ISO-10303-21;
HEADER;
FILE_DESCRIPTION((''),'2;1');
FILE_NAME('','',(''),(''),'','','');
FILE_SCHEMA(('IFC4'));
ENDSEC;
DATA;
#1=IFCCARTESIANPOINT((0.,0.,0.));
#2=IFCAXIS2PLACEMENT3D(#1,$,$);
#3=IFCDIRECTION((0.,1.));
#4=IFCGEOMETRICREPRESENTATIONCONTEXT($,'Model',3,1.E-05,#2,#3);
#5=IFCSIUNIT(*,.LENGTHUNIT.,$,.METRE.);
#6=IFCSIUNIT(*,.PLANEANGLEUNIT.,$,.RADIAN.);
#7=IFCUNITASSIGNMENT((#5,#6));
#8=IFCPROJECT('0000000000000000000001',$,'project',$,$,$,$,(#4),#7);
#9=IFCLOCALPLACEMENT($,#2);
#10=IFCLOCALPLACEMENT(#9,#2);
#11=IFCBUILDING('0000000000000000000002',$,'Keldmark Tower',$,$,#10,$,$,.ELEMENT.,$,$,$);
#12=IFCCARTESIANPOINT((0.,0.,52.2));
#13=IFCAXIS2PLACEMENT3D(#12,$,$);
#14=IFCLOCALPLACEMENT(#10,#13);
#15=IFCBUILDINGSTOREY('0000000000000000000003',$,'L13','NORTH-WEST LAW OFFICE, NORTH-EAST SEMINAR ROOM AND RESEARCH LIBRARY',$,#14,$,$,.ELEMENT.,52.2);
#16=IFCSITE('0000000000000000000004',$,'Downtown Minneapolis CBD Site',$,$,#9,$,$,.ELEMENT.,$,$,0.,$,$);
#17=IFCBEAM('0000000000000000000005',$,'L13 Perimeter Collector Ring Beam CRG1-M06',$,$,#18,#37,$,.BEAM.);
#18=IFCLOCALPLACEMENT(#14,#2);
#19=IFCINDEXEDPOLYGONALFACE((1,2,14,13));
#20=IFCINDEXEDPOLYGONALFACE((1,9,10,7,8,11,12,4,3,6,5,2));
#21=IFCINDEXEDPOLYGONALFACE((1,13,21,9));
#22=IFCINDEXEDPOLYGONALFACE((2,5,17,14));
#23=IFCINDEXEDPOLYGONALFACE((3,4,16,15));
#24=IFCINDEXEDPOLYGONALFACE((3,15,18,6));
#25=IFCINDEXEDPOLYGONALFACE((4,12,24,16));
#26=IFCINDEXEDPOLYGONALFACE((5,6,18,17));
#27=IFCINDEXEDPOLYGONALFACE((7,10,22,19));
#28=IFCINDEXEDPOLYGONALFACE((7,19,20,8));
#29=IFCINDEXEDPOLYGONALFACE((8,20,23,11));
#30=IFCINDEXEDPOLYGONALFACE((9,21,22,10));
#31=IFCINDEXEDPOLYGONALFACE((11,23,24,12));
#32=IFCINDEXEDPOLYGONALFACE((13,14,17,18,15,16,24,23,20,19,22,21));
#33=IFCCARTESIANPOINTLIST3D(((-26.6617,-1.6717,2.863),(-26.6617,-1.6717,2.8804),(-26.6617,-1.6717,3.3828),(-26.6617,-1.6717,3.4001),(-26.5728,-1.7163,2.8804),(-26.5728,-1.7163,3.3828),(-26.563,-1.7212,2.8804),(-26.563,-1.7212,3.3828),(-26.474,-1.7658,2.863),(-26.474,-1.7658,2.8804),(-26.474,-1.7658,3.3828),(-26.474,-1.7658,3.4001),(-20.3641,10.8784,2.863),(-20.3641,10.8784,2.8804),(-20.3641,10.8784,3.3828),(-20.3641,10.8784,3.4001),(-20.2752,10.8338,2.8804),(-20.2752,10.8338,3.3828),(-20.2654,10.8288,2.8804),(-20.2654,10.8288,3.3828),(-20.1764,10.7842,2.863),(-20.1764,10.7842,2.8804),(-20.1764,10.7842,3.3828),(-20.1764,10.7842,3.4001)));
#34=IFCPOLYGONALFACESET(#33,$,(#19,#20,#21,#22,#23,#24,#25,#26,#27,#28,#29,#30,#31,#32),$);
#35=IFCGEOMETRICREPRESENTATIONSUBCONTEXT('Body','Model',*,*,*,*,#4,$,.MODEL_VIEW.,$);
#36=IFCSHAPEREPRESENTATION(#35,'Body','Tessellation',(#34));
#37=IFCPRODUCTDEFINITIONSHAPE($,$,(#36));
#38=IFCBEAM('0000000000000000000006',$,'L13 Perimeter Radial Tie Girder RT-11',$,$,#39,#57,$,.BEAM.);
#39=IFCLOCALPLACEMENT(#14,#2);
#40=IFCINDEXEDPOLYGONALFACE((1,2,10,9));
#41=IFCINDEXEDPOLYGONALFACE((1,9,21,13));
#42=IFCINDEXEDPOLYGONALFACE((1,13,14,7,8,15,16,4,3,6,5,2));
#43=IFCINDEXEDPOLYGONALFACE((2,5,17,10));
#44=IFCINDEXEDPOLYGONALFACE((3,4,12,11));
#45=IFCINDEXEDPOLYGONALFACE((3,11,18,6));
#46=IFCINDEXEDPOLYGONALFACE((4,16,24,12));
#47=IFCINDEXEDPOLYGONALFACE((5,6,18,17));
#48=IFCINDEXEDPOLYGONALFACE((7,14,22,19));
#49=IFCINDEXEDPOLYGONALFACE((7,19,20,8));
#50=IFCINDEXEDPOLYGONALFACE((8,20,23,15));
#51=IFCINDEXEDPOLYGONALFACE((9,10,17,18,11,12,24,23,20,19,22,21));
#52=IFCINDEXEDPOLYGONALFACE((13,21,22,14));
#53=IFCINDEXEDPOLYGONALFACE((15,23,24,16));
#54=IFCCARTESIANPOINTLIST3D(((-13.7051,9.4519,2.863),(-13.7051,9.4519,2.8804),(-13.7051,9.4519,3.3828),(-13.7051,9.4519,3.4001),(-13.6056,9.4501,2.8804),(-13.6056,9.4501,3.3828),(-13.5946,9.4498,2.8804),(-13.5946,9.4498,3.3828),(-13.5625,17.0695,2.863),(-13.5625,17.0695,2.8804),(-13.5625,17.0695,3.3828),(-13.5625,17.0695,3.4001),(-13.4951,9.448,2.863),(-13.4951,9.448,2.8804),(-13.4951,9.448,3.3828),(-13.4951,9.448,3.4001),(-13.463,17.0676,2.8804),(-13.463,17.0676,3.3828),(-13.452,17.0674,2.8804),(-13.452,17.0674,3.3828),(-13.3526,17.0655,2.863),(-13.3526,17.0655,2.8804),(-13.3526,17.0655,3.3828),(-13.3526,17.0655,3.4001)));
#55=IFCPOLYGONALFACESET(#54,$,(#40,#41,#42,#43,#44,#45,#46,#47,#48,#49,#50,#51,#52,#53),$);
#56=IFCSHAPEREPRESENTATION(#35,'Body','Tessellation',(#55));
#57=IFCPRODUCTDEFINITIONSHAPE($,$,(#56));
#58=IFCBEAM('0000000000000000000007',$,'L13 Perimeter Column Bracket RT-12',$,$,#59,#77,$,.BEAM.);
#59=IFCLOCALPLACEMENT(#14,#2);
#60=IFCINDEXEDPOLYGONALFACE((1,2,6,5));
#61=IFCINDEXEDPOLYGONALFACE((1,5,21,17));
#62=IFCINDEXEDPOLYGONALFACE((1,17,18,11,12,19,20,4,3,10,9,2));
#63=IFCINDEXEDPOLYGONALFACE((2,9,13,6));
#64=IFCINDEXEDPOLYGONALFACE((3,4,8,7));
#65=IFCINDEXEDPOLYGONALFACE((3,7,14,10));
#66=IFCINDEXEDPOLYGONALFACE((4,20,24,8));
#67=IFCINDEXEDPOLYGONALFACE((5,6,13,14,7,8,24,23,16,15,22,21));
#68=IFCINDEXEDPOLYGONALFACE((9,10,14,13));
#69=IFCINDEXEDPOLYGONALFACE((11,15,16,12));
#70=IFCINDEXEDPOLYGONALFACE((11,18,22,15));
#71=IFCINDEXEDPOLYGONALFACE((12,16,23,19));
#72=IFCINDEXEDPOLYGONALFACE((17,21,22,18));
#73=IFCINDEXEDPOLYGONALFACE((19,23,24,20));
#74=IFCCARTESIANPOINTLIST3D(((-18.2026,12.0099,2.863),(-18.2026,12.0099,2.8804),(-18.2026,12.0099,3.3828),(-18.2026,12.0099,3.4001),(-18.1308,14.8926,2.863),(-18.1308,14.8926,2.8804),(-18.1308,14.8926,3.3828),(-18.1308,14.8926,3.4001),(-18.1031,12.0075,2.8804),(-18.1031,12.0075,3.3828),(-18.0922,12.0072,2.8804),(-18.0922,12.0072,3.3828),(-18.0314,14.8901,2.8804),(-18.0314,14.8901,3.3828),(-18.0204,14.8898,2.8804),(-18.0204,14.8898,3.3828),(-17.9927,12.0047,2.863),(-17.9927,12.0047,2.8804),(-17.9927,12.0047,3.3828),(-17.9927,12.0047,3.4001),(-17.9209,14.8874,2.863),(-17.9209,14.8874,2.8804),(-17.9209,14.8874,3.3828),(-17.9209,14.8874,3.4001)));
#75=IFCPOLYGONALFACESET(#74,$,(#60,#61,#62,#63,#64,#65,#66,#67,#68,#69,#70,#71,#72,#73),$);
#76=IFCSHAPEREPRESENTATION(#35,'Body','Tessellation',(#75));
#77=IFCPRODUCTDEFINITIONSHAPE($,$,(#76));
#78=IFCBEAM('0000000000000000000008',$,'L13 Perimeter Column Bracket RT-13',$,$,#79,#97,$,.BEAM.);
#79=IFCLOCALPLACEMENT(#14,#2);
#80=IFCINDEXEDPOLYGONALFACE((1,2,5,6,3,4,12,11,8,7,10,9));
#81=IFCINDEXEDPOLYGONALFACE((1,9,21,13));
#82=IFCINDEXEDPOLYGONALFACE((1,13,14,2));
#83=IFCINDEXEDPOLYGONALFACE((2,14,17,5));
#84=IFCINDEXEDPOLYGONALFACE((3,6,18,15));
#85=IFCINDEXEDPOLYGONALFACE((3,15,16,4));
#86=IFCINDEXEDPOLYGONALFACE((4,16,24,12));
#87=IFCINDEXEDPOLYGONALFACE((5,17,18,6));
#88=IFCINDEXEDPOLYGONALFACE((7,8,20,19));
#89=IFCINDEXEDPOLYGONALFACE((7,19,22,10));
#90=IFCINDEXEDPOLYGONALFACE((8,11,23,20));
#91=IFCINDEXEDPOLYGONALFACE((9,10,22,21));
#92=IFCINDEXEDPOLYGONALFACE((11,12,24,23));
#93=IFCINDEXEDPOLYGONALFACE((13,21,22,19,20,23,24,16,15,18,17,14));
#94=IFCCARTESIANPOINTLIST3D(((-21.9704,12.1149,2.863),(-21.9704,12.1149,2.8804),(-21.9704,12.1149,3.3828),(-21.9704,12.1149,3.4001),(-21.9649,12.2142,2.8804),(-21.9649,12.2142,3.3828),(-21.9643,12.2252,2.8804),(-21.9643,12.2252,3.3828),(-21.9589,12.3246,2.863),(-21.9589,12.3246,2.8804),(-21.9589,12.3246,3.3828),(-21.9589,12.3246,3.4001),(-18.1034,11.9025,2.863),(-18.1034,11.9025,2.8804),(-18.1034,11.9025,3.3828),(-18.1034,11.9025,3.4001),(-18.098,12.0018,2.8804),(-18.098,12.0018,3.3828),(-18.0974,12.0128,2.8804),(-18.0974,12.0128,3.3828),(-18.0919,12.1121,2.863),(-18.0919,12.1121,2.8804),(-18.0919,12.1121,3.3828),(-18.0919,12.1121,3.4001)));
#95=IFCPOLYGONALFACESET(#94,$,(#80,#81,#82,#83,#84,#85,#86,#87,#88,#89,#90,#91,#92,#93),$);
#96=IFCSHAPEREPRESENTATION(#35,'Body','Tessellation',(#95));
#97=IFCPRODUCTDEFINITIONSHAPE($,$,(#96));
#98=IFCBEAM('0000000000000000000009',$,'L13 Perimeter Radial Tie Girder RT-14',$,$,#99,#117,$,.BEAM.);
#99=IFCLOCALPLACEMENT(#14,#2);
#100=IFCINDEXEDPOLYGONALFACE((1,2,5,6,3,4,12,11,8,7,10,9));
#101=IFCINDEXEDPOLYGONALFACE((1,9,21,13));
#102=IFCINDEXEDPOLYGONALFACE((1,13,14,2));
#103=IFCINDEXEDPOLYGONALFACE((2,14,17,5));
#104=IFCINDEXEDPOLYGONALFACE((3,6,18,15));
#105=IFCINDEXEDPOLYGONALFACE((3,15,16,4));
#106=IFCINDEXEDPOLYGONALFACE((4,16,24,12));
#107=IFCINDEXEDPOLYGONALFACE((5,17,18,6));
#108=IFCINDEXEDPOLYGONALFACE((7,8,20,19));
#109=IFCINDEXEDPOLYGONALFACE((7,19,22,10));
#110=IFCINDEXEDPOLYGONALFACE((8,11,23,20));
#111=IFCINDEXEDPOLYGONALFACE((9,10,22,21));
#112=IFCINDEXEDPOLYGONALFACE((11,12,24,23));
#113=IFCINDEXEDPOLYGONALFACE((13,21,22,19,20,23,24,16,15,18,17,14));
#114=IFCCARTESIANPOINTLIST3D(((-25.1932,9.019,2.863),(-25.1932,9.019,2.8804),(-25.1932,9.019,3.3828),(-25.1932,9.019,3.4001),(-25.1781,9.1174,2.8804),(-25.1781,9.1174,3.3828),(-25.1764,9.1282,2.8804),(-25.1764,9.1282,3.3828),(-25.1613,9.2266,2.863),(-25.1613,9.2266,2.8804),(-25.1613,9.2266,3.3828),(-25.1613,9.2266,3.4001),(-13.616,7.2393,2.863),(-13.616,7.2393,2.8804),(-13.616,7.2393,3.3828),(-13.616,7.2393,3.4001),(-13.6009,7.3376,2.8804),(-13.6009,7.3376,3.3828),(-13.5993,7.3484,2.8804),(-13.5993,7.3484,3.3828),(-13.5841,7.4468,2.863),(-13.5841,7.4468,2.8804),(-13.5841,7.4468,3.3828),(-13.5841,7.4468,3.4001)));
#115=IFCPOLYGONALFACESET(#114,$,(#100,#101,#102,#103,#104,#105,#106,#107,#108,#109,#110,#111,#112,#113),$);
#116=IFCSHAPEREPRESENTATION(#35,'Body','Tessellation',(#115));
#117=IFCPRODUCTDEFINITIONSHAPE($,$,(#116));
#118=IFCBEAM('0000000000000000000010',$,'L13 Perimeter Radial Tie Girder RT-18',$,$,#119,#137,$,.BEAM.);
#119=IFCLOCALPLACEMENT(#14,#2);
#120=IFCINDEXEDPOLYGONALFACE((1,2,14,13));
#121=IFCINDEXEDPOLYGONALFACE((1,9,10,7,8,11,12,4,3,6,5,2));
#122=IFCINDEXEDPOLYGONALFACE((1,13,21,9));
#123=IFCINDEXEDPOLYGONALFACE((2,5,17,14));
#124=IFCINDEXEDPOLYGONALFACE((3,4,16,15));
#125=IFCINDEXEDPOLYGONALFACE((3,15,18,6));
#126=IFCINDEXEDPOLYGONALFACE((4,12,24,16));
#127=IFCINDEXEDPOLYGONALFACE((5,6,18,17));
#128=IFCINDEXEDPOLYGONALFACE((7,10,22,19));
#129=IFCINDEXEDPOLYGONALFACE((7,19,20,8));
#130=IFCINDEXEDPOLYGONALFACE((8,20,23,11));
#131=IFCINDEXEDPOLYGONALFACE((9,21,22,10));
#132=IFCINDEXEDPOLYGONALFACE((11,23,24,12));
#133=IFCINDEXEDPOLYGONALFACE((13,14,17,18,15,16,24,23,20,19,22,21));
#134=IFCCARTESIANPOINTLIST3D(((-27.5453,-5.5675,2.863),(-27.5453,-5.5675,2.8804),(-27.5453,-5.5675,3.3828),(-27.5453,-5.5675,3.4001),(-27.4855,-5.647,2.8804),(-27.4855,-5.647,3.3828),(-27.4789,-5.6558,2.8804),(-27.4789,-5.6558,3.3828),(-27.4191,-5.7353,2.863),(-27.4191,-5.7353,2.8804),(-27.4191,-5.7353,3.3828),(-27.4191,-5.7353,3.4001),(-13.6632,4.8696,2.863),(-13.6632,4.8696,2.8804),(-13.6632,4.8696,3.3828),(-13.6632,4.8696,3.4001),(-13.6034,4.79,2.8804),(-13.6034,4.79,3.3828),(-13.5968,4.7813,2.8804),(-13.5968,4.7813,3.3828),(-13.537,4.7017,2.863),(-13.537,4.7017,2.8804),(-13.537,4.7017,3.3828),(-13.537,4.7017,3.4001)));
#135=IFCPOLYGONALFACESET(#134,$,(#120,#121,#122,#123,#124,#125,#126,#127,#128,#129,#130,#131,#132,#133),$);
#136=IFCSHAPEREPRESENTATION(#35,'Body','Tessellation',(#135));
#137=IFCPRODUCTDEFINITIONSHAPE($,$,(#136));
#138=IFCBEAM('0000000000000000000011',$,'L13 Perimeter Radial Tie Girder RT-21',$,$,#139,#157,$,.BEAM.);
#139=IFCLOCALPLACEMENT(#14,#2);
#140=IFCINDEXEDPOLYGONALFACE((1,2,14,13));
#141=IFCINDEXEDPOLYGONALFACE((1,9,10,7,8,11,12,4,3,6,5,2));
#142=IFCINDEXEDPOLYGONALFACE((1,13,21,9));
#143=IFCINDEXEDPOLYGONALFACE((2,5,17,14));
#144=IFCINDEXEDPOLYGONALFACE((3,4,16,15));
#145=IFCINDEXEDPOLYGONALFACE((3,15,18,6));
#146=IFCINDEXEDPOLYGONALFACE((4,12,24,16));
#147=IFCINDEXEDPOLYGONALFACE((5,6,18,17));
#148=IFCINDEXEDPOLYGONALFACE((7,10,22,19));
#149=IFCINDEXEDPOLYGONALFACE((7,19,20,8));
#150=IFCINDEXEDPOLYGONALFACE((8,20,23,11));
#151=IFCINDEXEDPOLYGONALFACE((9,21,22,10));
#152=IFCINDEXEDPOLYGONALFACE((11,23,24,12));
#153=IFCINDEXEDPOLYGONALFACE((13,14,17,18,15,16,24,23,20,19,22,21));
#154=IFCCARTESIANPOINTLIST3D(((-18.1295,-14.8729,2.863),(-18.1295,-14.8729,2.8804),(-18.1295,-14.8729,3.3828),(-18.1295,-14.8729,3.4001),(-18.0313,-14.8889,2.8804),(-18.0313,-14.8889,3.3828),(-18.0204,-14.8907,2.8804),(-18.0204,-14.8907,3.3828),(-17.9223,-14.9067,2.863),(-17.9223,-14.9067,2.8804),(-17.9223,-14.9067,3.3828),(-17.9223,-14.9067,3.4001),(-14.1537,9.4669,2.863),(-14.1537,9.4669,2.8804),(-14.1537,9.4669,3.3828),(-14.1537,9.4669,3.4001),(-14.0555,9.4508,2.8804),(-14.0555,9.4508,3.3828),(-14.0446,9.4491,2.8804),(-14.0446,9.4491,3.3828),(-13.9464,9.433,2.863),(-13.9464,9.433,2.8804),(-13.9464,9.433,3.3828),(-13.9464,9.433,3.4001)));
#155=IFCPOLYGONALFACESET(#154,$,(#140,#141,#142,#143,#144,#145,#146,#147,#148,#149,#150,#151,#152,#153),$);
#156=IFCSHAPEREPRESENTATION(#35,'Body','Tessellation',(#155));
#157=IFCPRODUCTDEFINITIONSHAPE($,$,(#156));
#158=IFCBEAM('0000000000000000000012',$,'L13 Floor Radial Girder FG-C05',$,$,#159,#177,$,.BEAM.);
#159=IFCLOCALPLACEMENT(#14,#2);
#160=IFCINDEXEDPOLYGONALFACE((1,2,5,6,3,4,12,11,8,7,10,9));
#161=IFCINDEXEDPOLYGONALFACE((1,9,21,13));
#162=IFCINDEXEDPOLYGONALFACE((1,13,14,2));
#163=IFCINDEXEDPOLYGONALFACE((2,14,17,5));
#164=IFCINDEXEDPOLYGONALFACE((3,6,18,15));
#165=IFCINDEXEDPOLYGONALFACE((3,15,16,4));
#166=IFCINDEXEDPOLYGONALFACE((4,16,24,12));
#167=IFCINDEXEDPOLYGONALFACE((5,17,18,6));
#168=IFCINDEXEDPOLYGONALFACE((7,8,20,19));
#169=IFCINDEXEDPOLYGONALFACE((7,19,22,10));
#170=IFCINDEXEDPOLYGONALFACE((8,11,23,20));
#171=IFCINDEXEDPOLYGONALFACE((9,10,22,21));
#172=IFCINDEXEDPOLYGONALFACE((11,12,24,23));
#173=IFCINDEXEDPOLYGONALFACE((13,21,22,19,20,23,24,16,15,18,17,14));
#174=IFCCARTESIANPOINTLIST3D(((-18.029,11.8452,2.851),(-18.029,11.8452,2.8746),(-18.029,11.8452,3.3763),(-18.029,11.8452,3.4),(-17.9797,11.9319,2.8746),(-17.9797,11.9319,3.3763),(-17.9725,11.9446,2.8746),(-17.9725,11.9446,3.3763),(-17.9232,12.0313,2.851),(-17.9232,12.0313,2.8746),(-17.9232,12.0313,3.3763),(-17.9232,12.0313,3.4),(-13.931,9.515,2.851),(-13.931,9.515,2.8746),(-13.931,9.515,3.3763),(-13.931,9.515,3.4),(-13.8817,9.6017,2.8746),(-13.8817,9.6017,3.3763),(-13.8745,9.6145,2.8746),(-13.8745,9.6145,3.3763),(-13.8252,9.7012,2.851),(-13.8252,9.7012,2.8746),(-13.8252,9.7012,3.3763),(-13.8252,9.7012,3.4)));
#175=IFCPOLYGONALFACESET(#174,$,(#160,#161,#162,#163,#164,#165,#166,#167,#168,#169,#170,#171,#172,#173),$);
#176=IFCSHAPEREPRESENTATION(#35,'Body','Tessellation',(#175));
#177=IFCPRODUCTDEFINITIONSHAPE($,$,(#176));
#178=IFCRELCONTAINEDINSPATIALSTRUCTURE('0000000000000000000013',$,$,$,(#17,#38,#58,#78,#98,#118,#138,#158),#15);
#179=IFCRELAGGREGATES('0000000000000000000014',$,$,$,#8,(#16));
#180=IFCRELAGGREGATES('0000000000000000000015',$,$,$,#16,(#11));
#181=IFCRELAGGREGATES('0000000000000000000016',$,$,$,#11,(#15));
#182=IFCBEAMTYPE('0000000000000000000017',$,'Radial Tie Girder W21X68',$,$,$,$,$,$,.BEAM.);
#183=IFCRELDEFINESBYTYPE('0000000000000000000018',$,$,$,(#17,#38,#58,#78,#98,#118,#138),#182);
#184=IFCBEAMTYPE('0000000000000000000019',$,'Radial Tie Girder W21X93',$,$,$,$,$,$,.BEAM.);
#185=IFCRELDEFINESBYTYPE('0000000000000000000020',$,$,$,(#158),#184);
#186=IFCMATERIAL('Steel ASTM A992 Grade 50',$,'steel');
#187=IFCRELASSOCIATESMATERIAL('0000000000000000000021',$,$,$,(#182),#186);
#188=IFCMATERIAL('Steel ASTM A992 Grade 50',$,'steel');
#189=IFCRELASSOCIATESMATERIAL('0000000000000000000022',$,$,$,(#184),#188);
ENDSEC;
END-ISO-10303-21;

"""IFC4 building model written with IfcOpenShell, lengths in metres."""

from ifc_helpers import new_model, si_unit, direction, frame, origin, origin_2d, place, context, subcontext, project, spatial, i_section, extrude, material, material_profile, profile_set, type_object, element, save


model = new_model("IFC4")

# Units and contexts
model_context = context("Model", 3, precision=1e-05, world=origin(), true_north=direction((0.0, 1.0)))
body_context = subcontext(model_context, "Body", "Model", "MODEL_VIEW")
ifc_project = project(units=[si_unit("LENGTHUNIT", "METRE"), si_unit("PLANEANGLEUNIT", "RADIAN")], contexts=[model_context])

# Site, building, storey
site_placement = place(None, origin())
site = spatial("IfcSite", under=ifc_project, at=site_placement, Name="Downtown Minneapolis CBD Site", CompositionType="ELEMENT", RefElevation=0.0)
building_placement = place(site_placement, origin())
building = spatial("IfcBuilding", under=site, at=building_placement, Name="Keldmark Tower", CompositionType="ELEMENT")
storey_placement = place(building_placement, frame((0.0, 0.0, 52.2)))
storey = spatial("IfcBuildingStorey", under=building, at=storey_placement, Name="L13", Description="NORTH-WEST LAW OFFICE, NORTH-EAST SEMINAR ROOM AND RESEARCH LIBRARY", CompositionType="ELEMENT", Elevation=52.2)

# Beams
ifc_material_1 = material(Name="Steel ASTM A992 Grade 50", Category="steel")
ifc_material_profile_1 = material_profile(ifc_material_1, i_section(OverallWidth=0.21, OverallDepth=0.5371, WebThickness=0.011, FlangeThickness=0.0173, at=origin_2d()), Name="W21X68")
ifc_profile_set_1 = profile_set([ifc_material_profile_1], Name="Steel ASTM A992 Grade 50")
beam_type_1 = type_object("IfcBeamType", Name="Radial Tie Girder W21X68", PredefinedType="BEAM", material=ifc_profile_set_1)
beam_1_placement = place(storey_placement, frame((-20.2703, 10.8313, 3.1316), z_axis=(-0.4485, -0.893783, 0.0), x_axis=(0.893783, -0.4485, 0.0)))
element("IfcBeam", 1, at=beam_1_placement, inside=storey, type_object=beam_type_1, Name="L13 Perimeter Collector Ring Beam CRG1-M06", PredefinedType="BEAM", context=body_context, shape_type="SweptSolid", body=[
    extrude(i_section(OverallWidth=0.21, OverallDepth=0.5371, WebThickness=0.011, FlangeThickness=0.0173, at=origin_2d()), origin(), (0.0, 0.0, 1.0), 14.0415),
])
beam_2_placement = place(storey_placement, frame((-13.6001, 9.45, 3.1316), z_axis=(0.018713, 0.999825, 0.0), x_axis=(-0.999825, 0.018713, 0.0)))
element("IfcBeam", 2, at=beam_2_placement, inside=storey, type_object=beam_type_1, Name="L13 Perimeter Radial Tie Girder RT-11", PredefinedType="BEAM", context=body_context, shape_type="SweptSolid", body=[
    extrude(i_section(OverallWidth=0.21, OverallDepth=0.5371, WebThickness=0.011, FlangeThickness=0.0173, at=origin_2d()), origin(), (0.0, 0.0, 1.0), 7.6189),
])
beam_3_placement = place(storey_placement, frame((-18.0977, 12.0073, 3.1316), z_axis=(0.024893, 0.99969, 0.0), x_axis=(-0.99969, 0.024893, 0.0)))
element("IfcBeam", 3, at=beam_3_placement, inside=storey, type_object=beam_type_1, Name="L13 Perimeter Column Bracket RT-12", PredefinedType="BEAM", context=body_context, shape_type="SweptSolid", body=[
    extrude(i_section(OverallWidth=0.21, OverallDepth=0.5371, WebThickness=0.011, FlangeThickness=0.0173, at=origin_2d()), origin(), (0.0, 0.0, 1.0), 2.8835),
])
beam_4_placement = place(storey_placement, frame((-18.0977, 12.0073, 3.1316), z_axis=(-0.998495, 0.054845, 0.0), x_axis=(-0.054845, -0.998495, 0.0)))
element("IfcBeam", 4, at=beam_4_placement, inside=storey, type_object=beam_type_1, Name="L13 Perimeter Column Bracket RT-13", PredefinedType="BEAM", context=body_context, shape_type="SweptSolid", body=[
    extrude(i_section(OverallWidth=0.21, OverallDepth=0.5371, WebThickness=0.011, FlangeThickness=0.0173, at=origin_2d()), origin(), (0.0, 0.0, 1.0), 3.8728),
])
beam_5_placement = place(storey_placement, frame((-13.6001, 7.343, 3.1316), z_axis=(-0.988389, 0.151948, 0.0), x_axis=(-0.151948, -0.988389, 0.0)))
element("IfcBeam", 5, at=beam_5_placement, inside=storey, type_object=beam_type_1, Name="L13 Perimeter Radial Tie Girder RT-14", PredefinedType="BEAM", context=body_context, shape_type="SweptSolid", body=[
    extrude(i_section(OverallWidth=0.21, OverallDepth=0.5371, WebThickness=0.011, FlangeThickness=0.0173, at=origin_2d()), origin(), (0.0, 0.0, 1.0), 11.7131),
])
beam_6_placement = place(storey_placement, frame((-13.6001, 4.7856, 3.1316), z_axis=(-0.799296, -0.600937, 0.0), x_axis=(0.600937, -0.799296, 0.0)))
element("IfcBeam", 6, at=beam_6_placement, inside=storey, type_object=beam_type_1, Name="L13 Perimeter Radial Tie Girder RT-18", PredefinedType="BEAM", context=body_context, shape_type="SweptSolid", body=[
    extrude(i_section(OverallWidth=0.21, OverallDepth=0.5371, WebThickness=0.011, FlangeThickness=0.0173, at=origin_2d()), origin(), (0.0, 0.0, 1.0), 17.3679),
])
beam_7_placement = place(storey_placement, frame((-14.05, 9.45, 3.1316), z_axis=(-0.16121, -0.98692, 0.0), x_axis=(0.98692, -0.16121, 0.0)))
element("IfcBeam", 7, at=beam_7_placement, inside=storey, type_object=beam_type_1, Name="L13 Perimeter Radial Tie Girder RT-21", PredefinedType="BEAM", context=body_context, shape_type="SweptSolid", body=[
    extrude(i_section(OverallWidth=0.21, OverallDepth=0.5371, WebThickness=0.011, FlangeThickness=0.0173, at=origin_2d()), origin(), (0.0, 0.0, 1.0), 24.6624),
])
ifc_material_2 = material(Name="Steel ASTM A992 Grade 50", Category="steel")
ifc_material_profile_2 = material_profile(ifc_material_2, i_section(OverallWidth=0.2141, OverallDepth=0.5491, WebThickness=0.0146, FlangeThickness=0.0237, at=origin_2d()), Name="W21X93")
ifc_profile_set_2 = profile_set([ifc_material_profile_2], Name="Steel ASTM A992 Grade 50")
beam_type_2 = type_object("IfcBeamType", Name="Radial Tie Girder W21X93", PredefinedType="BEAM", material=ifc_profile_set_2)
beam_8_placement = place(storey_placement, frame((-17.9761, 11.9382, 3.1255), z_axis=(0.869299, -0.494286, 0.0), x_axis=(0.494286, 0.869299, 0.0)))
element("IfcBeam", 8, at=beam_8_placement, inside=storey, type_object=beam_type_2, Name="L13 Floor Radial Girder FG-C05", PredefinedType="BEAM", context=body_context, shape_type="SweptSolid", body=[
    extrude(i_section(OverallWidth=0.2141, OverallDepth=0.5491, WebThickness=0.0146, FlangeThickness=0.0237, at=origin_2d()), origin(), (0.0, 0.0, 1.0), 4.7141),
])

save(model, "model.ifc")
